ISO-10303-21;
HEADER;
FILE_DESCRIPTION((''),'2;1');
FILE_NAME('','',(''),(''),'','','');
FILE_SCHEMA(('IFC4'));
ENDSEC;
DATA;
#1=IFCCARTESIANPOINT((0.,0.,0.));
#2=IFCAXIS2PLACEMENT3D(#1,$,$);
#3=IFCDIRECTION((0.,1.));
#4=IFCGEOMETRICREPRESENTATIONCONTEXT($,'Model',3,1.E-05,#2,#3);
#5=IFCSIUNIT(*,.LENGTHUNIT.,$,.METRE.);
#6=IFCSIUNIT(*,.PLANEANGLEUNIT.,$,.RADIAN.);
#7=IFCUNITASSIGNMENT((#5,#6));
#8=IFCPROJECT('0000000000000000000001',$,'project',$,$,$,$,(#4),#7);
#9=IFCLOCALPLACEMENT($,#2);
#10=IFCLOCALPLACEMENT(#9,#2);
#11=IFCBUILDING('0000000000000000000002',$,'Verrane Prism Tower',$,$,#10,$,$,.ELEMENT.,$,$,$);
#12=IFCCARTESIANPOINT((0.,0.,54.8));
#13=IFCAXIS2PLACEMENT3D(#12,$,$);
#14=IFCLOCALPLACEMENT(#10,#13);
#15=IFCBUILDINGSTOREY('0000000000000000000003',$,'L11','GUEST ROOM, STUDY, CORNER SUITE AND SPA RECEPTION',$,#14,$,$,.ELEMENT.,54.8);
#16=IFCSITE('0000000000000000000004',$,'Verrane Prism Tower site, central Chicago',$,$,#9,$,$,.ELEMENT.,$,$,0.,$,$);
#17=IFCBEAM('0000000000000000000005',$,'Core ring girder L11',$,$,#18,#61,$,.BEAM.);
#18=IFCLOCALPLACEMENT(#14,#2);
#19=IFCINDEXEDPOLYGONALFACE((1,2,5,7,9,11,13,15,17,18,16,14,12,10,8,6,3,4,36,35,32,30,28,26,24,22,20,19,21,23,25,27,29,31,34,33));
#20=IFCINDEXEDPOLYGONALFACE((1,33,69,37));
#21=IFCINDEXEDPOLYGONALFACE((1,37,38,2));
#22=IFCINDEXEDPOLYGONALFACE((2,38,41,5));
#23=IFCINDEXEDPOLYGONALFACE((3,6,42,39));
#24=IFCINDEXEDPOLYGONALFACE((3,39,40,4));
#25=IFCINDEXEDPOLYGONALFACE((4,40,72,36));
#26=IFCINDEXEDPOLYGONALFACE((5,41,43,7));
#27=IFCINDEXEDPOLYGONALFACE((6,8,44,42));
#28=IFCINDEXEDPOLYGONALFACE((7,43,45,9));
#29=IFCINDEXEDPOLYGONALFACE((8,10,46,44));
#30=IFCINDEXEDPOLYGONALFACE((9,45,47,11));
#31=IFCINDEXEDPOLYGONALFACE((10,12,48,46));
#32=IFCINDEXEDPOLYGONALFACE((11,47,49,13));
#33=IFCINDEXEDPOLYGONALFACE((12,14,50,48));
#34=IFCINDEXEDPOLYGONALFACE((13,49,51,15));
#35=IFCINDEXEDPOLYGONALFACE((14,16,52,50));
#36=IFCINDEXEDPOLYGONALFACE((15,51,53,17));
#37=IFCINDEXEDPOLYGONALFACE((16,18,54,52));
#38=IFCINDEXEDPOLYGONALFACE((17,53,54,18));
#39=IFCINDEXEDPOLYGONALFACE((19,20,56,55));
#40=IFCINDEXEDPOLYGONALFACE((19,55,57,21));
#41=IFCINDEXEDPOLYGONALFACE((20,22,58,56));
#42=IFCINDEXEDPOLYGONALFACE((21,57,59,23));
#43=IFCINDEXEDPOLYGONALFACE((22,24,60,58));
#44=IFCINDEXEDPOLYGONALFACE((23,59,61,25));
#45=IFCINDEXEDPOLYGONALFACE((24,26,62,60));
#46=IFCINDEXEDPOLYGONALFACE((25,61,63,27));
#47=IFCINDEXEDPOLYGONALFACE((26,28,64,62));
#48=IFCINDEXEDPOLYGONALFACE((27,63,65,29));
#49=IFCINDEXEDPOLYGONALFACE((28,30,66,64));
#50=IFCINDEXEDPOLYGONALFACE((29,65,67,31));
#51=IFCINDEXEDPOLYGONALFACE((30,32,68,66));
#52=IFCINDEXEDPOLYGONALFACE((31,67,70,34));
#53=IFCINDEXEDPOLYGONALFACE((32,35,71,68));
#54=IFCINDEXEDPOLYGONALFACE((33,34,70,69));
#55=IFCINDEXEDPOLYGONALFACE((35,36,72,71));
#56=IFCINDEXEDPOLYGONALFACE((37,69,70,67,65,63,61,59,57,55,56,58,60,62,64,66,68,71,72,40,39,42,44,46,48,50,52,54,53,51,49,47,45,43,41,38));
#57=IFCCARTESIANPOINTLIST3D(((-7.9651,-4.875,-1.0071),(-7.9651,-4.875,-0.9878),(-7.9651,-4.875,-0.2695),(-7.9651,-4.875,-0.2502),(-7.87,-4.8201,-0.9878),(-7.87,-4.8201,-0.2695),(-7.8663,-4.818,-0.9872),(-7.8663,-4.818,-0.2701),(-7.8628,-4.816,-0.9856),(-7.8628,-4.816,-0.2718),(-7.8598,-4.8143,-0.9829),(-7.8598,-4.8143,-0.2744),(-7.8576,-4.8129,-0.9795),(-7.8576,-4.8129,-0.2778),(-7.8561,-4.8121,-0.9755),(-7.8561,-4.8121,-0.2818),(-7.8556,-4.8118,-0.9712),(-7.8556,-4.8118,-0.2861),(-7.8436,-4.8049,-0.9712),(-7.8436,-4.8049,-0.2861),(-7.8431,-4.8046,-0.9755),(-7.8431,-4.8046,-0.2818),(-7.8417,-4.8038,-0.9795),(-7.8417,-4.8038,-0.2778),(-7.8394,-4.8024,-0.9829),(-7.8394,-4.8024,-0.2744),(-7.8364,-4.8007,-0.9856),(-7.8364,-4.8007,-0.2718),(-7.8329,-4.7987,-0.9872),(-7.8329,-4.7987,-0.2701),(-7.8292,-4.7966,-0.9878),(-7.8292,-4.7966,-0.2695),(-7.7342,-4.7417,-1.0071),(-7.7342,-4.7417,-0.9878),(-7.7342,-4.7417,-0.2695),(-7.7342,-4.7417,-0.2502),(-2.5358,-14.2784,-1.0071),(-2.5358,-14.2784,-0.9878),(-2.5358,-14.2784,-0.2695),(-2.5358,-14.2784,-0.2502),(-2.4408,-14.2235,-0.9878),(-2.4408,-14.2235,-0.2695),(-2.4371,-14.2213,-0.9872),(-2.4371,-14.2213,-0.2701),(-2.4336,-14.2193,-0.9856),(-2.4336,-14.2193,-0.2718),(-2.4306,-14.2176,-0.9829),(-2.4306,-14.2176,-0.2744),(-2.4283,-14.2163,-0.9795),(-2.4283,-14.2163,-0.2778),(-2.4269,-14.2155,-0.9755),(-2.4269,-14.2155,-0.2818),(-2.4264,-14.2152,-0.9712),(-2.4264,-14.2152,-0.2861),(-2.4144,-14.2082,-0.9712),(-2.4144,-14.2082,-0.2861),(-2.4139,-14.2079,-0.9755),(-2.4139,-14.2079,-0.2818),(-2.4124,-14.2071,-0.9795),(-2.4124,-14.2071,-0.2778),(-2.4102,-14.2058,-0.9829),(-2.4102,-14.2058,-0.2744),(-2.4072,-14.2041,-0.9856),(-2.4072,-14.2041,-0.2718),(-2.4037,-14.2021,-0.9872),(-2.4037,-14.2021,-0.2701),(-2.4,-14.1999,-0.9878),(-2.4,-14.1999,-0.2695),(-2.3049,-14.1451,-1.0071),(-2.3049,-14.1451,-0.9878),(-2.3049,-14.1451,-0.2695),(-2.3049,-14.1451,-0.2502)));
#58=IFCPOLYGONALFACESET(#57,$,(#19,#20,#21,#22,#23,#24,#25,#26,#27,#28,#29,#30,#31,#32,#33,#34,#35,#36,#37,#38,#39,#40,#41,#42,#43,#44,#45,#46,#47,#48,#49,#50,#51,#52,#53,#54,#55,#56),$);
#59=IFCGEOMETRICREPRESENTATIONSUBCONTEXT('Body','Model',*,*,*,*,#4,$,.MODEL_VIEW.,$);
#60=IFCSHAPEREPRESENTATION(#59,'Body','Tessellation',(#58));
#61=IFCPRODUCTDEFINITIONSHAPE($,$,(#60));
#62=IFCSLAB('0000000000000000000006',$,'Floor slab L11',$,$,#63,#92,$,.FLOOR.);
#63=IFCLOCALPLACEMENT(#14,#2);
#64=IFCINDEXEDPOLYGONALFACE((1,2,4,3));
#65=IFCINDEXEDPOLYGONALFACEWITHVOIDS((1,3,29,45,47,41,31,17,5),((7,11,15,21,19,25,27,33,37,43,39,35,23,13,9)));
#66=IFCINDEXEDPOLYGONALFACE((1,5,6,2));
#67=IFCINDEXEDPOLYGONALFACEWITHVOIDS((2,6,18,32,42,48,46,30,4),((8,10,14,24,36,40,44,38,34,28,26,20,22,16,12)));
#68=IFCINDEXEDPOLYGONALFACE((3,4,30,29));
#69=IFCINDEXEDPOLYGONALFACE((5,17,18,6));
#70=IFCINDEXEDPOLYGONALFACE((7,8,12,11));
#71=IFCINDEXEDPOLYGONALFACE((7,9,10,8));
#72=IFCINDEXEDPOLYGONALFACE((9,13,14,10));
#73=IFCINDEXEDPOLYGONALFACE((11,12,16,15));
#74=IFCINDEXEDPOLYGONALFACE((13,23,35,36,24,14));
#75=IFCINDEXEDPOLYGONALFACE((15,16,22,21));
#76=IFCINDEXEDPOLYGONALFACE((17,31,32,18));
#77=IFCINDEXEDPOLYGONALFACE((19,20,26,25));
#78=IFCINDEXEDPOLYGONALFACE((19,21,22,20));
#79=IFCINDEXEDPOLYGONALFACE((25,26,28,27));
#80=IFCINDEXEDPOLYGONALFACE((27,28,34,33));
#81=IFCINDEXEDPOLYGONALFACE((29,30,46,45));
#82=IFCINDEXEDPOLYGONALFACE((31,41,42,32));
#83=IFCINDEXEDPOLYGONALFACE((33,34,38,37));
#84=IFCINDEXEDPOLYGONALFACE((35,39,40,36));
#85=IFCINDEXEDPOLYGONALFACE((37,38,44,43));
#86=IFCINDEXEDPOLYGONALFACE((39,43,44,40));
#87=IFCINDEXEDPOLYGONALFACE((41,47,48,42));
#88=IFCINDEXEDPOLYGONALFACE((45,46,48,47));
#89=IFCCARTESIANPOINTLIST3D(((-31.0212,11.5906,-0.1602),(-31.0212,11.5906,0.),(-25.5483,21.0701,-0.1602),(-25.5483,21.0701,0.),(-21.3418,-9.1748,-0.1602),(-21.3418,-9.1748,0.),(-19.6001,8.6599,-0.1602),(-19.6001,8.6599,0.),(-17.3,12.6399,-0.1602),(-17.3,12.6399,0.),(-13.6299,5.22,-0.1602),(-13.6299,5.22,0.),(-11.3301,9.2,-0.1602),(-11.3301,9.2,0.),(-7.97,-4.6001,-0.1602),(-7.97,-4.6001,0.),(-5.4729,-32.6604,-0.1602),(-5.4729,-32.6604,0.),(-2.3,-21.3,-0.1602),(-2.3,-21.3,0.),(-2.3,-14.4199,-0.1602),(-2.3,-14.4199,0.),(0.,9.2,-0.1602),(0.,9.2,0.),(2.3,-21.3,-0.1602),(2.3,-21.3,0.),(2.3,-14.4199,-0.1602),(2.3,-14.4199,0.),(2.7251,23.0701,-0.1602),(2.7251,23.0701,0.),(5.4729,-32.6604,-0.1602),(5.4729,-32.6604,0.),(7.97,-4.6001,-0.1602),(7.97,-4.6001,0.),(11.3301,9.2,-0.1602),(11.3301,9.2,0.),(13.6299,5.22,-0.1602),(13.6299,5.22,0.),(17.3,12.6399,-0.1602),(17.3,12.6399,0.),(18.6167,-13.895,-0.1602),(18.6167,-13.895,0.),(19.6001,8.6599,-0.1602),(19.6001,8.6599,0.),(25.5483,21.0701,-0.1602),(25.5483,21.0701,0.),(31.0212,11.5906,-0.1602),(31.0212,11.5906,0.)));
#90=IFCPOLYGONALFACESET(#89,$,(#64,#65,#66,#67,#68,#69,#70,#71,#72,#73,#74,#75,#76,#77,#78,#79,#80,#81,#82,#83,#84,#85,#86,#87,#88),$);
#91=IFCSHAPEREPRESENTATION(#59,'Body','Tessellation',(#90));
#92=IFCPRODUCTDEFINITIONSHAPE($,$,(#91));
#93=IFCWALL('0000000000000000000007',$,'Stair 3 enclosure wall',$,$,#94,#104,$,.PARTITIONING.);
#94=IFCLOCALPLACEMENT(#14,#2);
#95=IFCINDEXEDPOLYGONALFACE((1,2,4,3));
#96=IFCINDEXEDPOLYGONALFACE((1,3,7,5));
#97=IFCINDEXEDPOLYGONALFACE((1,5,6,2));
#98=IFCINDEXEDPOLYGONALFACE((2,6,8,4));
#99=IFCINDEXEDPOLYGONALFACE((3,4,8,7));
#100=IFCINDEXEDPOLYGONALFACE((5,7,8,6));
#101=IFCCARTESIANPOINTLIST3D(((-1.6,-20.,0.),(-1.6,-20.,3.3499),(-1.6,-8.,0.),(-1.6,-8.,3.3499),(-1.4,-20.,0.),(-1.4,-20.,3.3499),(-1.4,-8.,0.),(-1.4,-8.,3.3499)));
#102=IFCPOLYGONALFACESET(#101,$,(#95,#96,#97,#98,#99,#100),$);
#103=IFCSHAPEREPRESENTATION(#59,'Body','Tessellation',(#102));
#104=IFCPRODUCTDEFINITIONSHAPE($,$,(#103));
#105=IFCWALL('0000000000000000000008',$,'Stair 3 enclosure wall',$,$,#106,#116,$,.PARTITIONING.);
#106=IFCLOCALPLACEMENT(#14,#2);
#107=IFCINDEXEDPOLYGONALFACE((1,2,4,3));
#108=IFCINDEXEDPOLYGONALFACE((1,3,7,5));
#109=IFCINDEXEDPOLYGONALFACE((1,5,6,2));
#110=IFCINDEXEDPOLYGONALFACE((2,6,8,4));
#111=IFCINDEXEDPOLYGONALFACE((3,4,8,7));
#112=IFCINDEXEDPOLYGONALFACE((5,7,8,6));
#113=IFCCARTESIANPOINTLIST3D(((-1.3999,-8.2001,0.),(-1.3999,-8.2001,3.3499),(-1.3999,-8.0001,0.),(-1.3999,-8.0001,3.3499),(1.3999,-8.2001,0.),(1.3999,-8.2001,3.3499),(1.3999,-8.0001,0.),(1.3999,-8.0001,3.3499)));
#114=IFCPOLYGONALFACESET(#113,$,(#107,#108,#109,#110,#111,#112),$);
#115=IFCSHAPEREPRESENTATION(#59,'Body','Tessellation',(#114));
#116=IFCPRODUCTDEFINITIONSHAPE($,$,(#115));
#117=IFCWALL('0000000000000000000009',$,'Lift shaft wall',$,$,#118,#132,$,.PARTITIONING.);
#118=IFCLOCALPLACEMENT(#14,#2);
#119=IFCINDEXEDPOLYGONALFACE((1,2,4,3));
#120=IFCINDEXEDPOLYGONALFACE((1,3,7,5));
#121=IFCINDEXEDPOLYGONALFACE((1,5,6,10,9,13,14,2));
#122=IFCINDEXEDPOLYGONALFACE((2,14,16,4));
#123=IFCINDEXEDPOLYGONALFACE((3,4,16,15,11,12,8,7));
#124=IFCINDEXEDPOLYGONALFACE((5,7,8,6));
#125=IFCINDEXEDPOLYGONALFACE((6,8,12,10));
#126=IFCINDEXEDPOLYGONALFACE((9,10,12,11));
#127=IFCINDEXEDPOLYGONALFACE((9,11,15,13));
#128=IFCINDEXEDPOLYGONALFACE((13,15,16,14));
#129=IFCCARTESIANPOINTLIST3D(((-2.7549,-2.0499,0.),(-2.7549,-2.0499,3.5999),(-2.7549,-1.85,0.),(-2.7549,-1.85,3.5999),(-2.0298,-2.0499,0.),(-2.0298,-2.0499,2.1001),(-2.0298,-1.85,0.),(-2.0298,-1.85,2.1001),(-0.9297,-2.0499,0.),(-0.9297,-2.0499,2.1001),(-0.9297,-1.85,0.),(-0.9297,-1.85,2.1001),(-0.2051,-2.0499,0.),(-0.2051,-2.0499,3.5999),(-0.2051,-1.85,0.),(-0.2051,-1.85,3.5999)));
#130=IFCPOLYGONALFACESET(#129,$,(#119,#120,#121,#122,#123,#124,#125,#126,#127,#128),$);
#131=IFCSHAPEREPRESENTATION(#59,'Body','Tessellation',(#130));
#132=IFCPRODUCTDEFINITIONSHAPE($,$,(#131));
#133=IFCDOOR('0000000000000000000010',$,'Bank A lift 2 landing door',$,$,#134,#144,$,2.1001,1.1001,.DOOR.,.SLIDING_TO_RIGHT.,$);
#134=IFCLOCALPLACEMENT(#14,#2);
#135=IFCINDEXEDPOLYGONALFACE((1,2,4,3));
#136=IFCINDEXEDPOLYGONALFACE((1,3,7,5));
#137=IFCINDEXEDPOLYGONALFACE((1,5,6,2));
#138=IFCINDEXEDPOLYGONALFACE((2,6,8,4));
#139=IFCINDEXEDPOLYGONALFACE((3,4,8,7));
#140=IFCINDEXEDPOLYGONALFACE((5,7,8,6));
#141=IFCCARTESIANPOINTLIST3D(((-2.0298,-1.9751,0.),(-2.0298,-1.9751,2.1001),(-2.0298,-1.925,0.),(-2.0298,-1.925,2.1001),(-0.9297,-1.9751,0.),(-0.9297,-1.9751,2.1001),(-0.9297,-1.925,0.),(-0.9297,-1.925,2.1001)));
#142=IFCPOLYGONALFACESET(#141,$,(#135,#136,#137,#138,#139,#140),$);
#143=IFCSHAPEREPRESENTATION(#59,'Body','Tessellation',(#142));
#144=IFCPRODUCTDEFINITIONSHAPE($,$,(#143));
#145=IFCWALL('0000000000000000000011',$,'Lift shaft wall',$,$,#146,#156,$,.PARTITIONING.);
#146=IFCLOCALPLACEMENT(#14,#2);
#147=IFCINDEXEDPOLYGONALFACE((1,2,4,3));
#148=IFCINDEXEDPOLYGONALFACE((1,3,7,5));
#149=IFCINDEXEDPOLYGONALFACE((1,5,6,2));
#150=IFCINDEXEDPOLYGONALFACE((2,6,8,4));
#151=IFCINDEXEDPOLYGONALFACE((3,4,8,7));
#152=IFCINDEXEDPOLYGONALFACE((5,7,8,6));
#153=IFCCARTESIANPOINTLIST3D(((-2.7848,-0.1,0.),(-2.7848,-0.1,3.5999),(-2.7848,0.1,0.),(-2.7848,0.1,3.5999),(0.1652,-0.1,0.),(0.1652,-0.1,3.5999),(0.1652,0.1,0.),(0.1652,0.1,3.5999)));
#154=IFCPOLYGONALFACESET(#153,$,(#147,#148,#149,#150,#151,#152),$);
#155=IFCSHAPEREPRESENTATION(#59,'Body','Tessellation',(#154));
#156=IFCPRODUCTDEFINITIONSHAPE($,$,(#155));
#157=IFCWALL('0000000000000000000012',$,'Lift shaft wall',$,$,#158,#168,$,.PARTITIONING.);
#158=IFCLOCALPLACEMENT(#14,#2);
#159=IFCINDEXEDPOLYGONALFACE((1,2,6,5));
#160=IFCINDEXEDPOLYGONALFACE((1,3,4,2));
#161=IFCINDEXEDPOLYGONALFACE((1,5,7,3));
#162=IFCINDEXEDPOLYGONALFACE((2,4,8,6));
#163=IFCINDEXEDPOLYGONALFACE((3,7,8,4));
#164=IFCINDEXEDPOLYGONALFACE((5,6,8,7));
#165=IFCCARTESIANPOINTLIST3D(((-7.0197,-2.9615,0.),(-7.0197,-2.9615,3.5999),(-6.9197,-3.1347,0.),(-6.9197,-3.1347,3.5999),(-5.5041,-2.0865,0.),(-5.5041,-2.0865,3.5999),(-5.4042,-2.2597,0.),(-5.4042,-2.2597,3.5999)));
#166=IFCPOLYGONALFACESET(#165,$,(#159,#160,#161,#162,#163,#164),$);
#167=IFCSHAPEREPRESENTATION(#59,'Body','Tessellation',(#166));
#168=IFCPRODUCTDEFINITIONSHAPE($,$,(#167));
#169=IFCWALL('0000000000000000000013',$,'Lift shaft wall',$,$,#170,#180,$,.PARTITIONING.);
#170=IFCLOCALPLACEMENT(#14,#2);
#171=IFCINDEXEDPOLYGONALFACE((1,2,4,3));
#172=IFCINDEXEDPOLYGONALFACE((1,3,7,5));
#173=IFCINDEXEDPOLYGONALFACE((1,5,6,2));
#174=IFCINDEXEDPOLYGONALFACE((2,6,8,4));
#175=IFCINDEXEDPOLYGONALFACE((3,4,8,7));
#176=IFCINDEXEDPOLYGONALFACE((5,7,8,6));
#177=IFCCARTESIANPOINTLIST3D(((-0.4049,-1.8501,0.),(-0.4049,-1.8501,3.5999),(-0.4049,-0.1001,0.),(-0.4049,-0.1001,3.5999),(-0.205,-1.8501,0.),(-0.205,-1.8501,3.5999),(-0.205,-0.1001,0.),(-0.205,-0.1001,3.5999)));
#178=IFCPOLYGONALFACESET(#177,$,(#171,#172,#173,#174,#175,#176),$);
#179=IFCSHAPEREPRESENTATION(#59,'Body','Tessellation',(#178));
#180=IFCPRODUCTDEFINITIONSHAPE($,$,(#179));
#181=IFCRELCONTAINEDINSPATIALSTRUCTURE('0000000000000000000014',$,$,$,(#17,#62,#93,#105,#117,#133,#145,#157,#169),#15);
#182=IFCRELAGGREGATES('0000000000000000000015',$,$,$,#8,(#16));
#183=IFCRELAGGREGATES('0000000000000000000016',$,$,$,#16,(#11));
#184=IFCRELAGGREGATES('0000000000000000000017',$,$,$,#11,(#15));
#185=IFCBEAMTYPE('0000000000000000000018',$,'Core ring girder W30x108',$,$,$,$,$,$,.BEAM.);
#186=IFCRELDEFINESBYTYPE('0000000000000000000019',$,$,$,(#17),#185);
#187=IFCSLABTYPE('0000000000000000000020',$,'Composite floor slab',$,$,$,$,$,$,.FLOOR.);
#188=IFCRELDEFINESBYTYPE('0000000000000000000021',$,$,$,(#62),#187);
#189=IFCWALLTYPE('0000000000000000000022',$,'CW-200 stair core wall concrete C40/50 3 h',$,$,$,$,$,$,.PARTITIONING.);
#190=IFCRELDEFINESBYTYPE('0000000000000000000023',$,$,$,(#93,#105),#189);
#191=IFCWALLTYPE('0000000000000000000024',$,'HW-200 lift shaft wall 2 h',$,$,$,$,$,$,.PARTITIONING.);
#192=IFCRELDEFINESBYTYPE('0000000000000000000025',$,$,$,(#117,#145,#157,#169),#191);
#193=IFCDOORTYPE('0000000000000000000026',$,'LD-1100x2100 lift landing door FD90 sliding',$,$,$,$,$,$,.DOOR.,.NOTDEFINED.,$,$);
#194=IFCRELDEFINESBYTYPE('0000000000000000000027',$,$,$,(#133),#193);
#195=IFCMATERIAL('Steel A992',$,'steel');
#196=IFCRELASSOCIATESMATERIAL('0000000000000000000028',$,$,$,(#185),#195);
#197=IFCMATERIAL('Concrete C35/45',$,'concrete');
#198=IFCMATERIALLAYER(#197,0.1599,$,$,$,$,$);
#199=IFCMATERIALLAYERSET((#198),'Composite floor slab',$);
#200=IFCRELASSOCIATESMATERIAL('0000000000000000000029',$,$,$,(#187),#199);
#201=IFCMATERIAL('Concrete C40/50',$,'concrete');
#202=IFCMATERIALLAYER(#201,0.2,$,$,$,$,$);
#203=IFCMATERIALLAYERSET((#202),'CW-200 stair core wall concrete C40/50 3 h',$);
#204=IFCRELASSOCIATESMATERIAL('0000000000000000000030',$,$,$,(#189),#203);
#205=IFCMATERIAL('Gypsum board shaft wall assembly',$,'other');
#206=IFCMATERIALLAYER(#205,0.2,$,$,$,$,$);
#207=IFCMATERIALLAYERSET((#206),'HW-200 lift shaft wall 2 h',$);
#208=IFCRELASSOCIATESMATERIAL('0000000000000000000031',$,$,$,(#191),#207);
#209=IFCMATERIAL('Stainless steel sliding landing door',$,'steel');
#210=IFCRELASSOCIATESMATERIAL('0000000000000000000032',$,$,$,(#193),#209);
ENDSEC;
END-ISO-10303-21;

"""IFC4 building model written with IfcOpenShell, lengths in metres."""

from ifc_helpers import new_model, si_unit, direction, frame, frame_2d, origin, origin_2d, place, context, subcontext, project, spatial, polyline, rectangle, i_section, outline, extrude, material, layer, layer_set, material_profile, profile_set, type_object, element, fill, save


model = new_model("IFC4")

# Units and contexts
model_context = context("Model", 3, precision=1e-05, world=origin(), true_north=direction((0.0, 1.0)))
body_context = subcontext(model_context, "Body", "Model", "MODEL_VIEW")
ifc_project = project(units=[si_unit("LENGTHUNIT", "METRE"), si_unit("PLANEANGLEUNIT", "RADIAN")], contexts=[model_context])

# Site, building, storey
site_placement = place(None, origin())
site = spatial("IfcSite", under=ifc_project, at=site_placement, Name="Verrane Prism Tower site, central Chicago", CompositionType="ELEMENT", RefElevation=0.0)
building_placement = place(site_placement, origin())
building = spatial("IfcBuilding", under=site, at=building_placement, Name="Verrane Prism Tower", CompositionType="ELEMENT")
storey_placement = place(building_placement, frame((0.0, 0.0, 54.8)))
storey = spatial("IfcBuildingStorey", under=building, at=storey_placement, Name="L11", Description="GUEST ROOM, STUDY, CORNER SUITE AND SPA RECEPTION", CompositionType="ELEMENT", Elevation=54.8)

# Beam
ifc_material_1 = material(Name="Steel A992", Category="steel")
ifc_material_profile = material_profile(ifc_material_1, i_section(OverallWidth=0.2666, OverallDepth=0.7568, WebThickness=0.0139, FlangeThickness=0.0193, FilletRadius=0.0166, at=origin_2d()), Name="W30x108")
ifc_profile_set = profile_set([ifc_material_profile], Name="Steel A992")
beam_type = type_object("IfcBeamType", Name="Core ring girder W30x108", PredefinedType="BEAM", material=ifc_profile_set)
beam_placement = place(storey_placement, frame((-7.8496, -4.8083, -0.6287), z_axis=(0.500013, -0.866018, 0.0), x_axis=(0.866018, 0.500013, 0.0)))
element("IfcBeam", 1, at=beam_placement, inside=storey, type_object=beam_type, Name="Core ring girder L11", PredefinedType="BEAM", context=body_context, shape_type="SweptSolid", body=[
    extrude(i_section(OverallWidth=0.2666, OverallDepth=0.7568, WebThickness=0.0139, FlangeThickness=0.0193, FilletRadius=0.0166, at=origin_2d()), origin(), (0.0, 0.0, 1.0), 10.8582),
])

# Slab
ifc_material_2 = material(Name="Concrete C35/45", Category="concrete")
ifc_layer_1 = layer(ifc_material_2, 0.1599)
ifc_layer_set_1 = layer_set([ifc_layer_1], Name="Composite floor slab")
slab_type = type_object("IfcSlabType", Name="Composite floor slab", PredefinedType="FLOOR", material=ifc_layer_set_1)
slab_placement = place(storey_placement, frame((0.0, 0.0, -0.1602)))
element("IfcSlab", 2, at=slab_placement, inside=storey, type_object=slab_type, Name="Floor slab L11", PredefinedType="FLOOR", context=body_context, shape_type="SweptSolid", body=[
    extrude(outline(polyline([(18.6167, -13.895), (5.4729, -32.6604), (-5.4729, -32.6604), (-21.3418, -9.1748), (-31.0212, 11.5906), (-25.5483, 21.0701), (2.7251, 23.0701), (25.5483, 21.0701), (31.0212, 11.5906), (18.6167, -13.895)]), holes=[polyline([(19.6001, 8.6599), (17.3, 12.6399), (11.3301, 9.2), (0.0, 9.2), (-11.3301, 9.2), (-17.3, 12.6399), (-19.6001, 8.6599), (-13.6299, 5.22), (-7.97, -4.6001), (-2.3, -14.4199), (-2.3, -21.3), (2.3, -21.3), (2.3, -14.4199), (7.97, -4.6001), (13.6299, 5.22), (19.6001, 8.6599)])]), origin(), (0.0, 0.0, 1.0), 0.1602),
])

# Walls
ifc_material_3 = material(Name="Concrete C40/50", Category="concrete")
ifc_layer_2 = layer(ifc_material_3, 0.2)
ifc_layer_set_2 = layer_set([ifc_layer_2], Name="CW-200 stair core wall concrete C40/50 3 h")
wall_type_1 = type_object("IfcWallType", Name="CW-200 stair core wall concrete C40/50 3 h", PredefinedType="PARTITIONING", material=ifc_layer_set_2)
wall_1_placement = place(storey_placement, frame((-1.5, -8.0, 0.0), z_axis=(0.0, 0.0, 1.0), x_axis=(0.0, -1.0, 0.0)))
element("IfcWall", 3, at=wall_1_placement, inside=storey, type_object=wall_type_1, Name="Stair 3 enclosure wall", PredefinedType="PARTITIONING", context=body_context, shape_type="SweptSolid", body=[
    extrude(rectangle(XDim=12.0, YDim=0.2, at=frame_2d((6.0, 0.0))), origin(), (0.0, 0.0, 1.0), 3.3499),
])
wall_2_placement = place(storey_placement, frame((-1.3999, -8.1001, 0.0), z_axis=(0.0, 0.0, 1.0), x_axis=(1.0, 0.0, 0.0)))
element("IfcWall", 4, at=wall_2_placement, inside=storey, type_object=wall_type_1, Name="Stair 3 enclosure wall", PredefinedType="PARTITIONING", context=body_context, shape_type="SweptSolid", body=[
    extrude(rectangle(XDim=2.7998, YDim=0.2, at=frame_2d((1.3999, 0.0))), origin(), (0.0, 0.0, 1.0), 3.3499),
])

# Wall, opening, door
ifc_material_4 = material(Name="Gypsum board shaft wall assembly", Category="other")
ifc_layer_3 = layer(ifc_material_4, 0.2)
ifc_layer_set_3 = layer_set([ifc_layer_3], Name="HW-200 lift shaft wall 2 h")
wall_type_2 = type_object("IfcWallType", Name="HW-200 lift shaft wall 2 h", PredefinedType="PARTITIONING", material=ifc_layer_set_3)
wall_3_placement = place(storey_placement, frame((-2.7549, -1.95, 0.0), z_axis=(0.0, 0.0, 1.0), x_axis=(1.0, 0.0, 0.0)))
wall_3 = element("IfcWall", 5, at=wall_3_placement, inside=storey, type_object=wall_type_2, Name="Lift shaft wall", PredefinedType="PARTITIONING", context=body_context, shape_type="SweptSolid", body=[
    extrude(rectangle(XDim=2.5498, YDim=0.2, at=frame_2d((1.2749, 0.0))), origin(), (0.0, 0.0, 1.0), 3.5999),
])
opening_1_placement = place(wall_3_placement, frame((0.7251, 0.0, 0.0)))
opening_1 = element("IfcOpeningElement", 6, at=opening_1_placement, cuts=wall_3, PredefinedType="OPENING", context=body_context, shape_type="SweptSolid", body=[
    extrude(rectangle(XDim=1.1001, YDim=2.1001, at=frame_2d((0.55, 1.05))), frame((0.0, 0.1099, 0.0), z_axis=(0.0, -1.0, 0.0), x_axis=(1.0, 0.0, 0.0)), (0.0, 0.0, 1.0), 0.22),
])
ifc_material_5 = material(Name="Stainless steel sliding landing door", Category="steel")
door_type_1 = type_object("IfcDoorType", Name="LD-1100x2100 lift landing door FD90 sliding", OperationType="NOTDEFINED", PredefinedType="DOOR", material=ifc_material_5)
door_1_placement = place(opening_1_placement, origin())
door_1 = element("IfcDoor", 7, at=door_1_placement, inside=storey, type_object=door_type_1, Name="Bank A lift 2 landing door", OperationType="SLIDING_TO_RIGHT", OverallHeight=2.1001, OverallWidth=1.1001, PredefinedType="DOOR", context=body_context, shape_type="SweptSolid", body=[
    extrude(rectangle(XDim=1.1001, YDim=2.1001, at=frame_2d((0.55, 1.05))), frame((0.0, 0.0249, 0.0), z_axis=(0.0, -1.0, 0.0), x_axis=(1.0, 0.0, 0.0)), (0.0, 0.0, 1.0), 0.05),
])
fill(opening_1, door_1)

# Walls
wall_4_placement = place(storey_placement, frame((-2.7849, 0.0, 0.0), z_axis=(0.0, 0.0, 1.0), x_axis=(1.0, 0.0, 0.0)))
element("IfcWall", 8, at=wall_4_placement, inside=storey, type_object=wall_type_2, Name="Lift shaft wall", PredefinedType="PARTITIONING", context=body_context, shape_type="SweptSolid", body=[
    extrude(rectangle(XDim=2.95, YDim=0.2, at=frame_2d((1.4751, 0.0))), origin(), (0.0, 0.0, 1.0), 3.5999),
])
for number, where, z_axis, x_axis, name in (
    (9, (-6.9697, -3.0481, 0.0), (0.0, 0.0, 1.0), (0.866037, 0.49998, 0.0), "Lift shaft wall"),
    (10, (-0.3049, -1.8501, 0.0), (0.0, 0.0, 1.0), (0.0, 1.0, 0.0), "Lift shaft wall"),
):
    element("IfcWall", number, at=place(storey_placement, frame(where, z_axis=z_axis, x_axis=x_axis)), inside=storey, type_object=wall_type_2, Name=name, PredefinedType="PARTITIONING", context=body_context, shape_type="SweptSolid", body=[
        extrude(rectangle(XDim=1.75, YDim=0.2, at=frame_2d((0.875, 0.0))), origin(), (0.0, 0.0, 1.0), 3.5999),
    ])

save(model, "model.ifc")
